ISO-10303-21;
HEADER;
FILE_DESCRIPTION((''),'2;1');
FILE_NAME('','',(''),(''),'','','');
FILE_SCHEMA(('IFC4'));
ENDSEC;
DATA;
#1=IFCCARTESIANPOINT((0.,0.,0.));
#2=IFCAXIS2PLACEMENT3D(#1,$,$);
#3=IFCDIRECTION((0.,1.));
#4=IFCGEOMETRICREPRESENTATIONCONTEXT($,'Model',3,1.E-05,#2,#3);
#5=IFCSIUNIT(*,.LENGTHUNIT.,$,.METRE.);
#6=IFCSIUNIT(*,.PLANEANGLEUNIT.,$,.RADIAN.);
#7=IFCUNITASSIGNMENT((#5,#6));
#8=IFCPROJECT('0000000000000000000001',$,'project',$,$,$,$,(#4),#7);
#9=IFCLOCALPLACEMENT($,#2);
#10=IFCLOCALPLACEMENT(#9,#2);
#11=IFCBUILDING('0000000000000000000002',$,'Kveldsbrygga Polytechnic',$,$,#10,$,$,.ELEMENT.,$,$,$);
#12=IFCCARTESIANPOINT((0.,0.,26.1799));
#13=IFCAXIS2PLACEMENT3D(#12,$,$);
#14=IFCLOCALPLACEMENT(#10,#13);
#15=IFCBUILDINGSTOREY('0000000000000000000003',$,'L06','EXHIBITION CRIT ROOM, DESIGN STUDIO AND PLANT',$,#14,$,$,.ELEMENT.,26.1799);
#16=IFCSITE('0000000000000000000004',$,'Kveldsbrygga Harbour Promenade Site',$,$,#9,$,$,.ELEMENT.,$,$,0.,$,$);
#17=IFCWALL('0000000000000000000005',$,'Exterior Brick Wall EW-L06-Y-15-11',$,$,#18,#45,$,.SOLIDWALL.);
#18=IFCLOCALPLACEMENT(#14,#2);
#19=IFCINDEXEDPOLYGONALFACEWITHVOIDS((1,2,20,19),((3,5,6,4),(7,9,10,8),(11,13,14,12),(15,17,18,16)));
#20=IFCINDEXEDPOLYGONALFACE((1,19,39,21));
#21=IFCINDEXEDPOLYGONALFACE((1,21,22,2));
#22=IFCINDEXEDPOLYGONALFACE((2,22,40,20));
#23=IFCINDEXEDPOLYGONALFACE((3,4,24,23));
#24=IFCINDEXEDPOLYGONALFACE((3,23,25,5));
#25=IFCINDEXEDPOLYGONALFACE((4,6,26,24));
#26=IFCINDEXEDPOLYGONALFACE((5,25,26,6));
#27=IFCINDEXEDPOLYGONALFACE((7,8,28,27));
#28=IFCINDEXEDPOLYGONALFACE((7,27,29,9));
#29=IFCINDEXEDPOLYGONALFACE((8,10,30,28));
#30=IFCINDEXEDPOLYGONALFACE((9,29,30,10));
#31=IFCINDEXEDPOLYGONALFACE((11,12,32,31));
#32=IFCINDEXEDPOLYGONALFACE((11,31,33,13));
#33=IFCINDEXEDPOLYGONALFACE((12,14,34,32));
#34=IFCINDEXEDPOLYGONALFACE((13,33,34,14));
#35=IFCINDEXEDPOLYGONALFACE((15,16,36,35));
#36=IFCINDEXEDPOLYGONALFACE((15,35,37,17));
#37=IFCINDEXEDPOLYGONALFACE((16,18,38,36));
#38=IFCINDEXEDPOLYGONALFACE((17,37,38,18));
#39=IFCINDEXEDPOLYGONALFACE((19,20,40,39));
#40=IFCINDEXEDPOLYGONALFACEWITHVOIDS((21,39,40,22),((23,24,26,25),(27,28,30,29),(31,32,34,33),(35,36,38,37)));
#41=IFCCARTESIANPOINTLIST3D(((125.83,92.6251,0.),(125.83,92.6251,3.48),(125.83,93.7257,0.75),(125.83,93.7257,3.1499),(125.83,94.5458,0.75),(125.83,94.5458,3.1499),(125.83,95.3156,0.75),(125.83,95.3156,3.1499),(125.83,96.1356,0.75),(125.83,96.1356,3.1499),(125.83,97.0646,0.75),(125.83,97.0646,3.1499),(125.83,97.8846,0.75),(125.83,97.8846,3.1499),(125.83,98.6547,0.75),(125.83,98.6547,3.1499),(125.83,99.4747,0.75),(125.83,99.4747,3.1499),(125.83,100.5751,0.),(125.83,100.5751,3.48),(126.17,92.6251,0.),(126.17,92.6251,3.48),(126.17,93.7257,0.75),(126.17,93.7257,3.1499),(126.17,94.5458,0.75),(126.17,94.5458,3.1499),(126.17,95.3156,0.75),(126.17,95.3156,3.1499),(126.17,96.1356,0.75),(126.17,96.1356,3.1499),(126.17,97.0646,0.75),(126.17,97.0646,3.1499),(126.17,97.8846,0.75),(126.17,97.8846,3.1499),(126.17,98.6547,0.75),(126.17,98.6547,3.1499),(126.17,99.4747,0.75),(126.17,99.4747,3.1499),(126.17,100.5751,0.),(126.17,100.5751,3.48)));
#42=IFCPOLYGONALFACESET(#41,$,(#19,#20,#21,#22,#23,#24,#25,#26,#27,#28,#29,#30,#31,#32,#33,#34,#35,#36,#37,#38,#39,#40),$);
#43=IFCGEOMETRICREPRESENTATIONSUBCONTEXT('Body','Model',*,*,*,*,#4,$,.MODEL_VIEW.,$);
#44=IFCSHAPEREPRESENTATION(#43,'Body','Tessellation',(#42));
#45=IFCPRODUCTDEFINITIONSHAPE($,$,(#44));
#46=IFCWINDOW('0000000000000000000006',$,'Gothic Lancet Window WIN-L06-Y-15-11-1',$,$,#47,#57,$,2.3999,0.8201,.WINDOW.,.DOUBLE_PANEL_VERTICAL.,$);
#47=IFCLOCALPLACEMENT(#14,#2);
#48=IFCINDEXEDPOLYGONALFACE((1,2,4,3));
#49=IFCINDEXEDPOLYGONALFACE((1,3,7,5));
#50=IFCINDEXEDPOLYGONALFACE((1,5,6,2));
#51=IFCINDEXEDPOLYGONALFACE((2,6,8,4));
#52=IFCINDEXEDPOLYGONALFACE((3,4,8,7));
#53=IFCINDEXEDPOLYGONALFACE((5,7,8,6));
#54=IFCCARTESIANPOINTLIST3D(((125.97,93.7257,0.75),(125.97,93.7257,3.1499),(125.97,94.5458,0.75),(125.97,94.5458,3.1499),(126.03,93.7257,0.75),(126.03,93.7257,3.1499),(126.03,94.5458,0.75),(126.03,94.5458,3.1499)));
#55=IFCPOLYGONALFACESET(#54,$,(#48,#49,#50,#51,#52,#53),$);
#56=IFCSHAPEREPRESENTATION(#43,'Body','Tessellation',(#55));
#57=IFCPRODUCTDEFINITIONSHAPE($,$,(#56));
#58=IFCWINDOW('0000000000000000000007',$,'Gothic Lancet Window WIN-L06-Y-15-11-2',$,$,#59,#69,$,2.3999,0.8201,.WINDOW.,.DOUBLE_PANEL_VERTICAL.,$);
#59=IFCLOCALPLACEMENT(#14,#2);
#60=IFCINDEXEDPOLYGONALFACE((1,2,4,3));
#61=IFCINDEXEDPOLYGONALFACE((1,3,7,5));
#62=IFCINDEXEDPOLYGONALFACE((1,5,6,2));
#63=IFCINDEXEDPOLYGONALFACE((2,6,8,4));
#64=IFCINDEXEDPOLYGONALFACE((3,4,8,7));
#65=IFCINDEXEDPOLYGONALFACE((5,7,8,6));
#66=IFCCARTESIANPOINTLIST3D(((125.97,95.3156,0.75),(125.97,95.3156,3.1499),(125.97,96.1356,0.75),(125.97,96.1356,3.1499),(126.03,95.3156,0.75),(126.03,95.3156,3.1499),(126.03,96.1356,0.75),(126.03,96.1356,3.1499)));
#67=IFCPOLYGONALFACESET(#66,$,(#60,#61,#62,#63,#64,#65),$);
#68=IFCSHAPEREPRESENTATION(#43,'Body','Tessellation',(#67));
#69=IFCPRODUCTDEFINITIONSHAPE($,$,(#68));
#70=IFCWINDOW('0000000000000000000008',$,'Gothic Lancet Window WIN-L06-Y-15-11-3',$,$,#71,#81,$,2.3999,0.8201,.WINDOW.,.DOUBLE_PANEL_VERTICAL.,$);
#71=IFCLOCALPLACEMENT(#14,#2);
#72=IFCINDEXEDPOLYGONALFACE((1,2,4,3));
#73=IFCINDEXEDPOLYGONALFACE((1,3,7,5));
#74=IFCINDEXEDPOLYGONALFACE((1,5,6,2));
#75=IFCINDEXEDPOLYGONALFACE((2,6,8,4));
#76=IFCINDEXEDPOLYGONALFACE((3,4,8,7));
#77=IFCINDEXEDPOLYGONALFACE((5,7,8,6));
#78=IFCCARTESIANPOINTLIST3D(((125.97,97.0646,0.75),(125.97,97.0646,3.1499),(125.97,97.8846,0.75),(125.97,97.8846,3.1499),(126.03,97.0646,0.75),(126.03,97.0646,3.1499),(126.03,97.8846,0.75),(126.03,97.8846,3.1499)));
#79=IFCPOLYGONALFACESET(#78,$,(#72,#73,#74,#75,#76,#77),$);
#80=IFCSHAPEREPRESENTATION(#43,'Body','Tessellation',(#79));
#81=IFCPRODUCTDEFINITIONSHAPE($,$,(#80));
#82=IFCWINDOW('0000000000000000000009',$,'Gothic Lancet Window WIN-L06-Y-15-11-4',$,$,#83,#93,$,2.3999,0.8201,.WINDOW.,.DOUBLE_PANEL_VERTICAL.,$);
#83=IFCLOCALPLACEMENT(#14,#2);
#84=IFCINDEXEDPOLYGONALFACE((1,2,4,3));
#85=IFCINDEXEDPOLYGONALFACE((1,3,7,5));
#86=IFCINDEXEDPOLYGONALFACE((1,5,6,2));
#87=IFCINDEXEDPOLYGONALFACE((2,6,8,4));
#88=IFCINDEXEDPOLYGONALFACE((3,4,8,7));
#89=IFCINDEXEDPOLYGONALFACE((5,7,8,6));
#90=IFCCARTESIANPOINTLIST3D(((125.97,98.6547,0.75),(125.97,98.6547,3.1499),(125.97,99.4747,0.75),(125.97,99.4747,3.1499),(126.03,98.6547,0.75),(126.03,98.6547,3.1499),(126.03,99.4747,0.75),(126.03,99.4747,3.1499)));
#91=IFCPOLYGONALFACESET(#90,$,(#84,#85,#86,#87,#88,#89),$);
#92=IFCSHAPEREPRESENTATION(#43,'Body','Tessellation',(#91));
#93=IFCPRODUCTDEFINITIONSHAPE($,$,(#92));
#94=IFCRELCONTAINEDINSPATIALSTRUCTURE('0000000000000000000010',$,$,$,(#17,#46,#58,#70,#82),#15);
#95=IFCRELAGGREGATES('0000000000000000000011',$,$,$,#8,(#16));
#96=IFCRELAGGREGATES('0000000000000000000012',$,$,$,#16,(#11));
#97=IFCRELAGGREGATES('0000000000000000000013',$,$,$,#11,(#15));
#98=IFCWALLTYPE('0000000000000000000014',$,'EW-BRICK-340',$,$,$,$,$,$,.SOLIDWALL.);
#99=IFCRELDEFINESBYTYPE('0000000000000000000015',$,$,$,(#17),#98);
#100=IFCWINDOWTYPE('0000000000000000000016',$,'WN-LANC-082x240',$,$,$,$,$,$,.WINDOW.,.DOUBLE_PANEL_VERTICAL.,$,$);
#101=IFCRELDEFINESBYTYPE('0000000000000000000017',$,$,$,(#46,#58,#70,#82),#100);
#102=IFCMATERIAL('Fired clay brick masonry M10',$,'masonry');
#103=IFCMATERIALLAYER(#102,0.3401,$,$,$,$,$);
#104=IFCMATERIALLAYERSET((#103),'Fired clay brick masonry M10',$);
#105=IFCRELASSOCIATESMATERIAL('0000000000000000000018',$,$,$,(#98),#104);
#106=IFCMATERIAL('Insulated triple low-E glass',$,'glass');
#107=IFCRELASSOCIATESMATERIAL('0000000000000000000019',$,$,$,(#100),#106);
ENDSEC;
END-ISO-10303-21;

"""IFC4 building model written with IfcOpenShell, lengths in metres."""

from ifc_helpers import new_model, si_unit, direction, frame, frame_2d, origin, place, context, subcontext, project, spatial, rectangle, extrude, material, layer, layer_set, type_object, element, fill, save


model = new_model("IFC4")

# Units and contexts
model_context = context("Model", 3, precision=1e-05, world=origin(), true_north=direction((0.0, 1.0)))
body_context = subcontext(model_context, "Body", "Model", "MODEL_VIEW")
ifc_project = project(units=[si_unit("LENGTHUNIT", "METRE"), si_unit("PLANEANGLEUNIT", "RADIAN")], contexts=[model_context])

# Site, building, storey
site_placement = place(None, origin())
site = spatial("IfcSite", under=ifc_project, at=site_placement, Name="Kveldsbrygga Harbour Promenade Site", CompositionType="ELEMENT", RefElevation=0.0)
building_placement = place(site_placement, origin())
building = spatial("IfcBuilding", under=site, at=building_placement, Name="Kveldsbrygga Polytechnic", CompositionType="ELEMENT")
storey_placement = place(building_placement, frame((0.0, 0.0, 26.1799)))
storey = spatial("IfcBuildingStorey", under=building, at=storey_placement, Name="L06", Description="EXHIBITION CRIT ROOM, DESIGN STUDIO AND PLANT", CompositionType="ELEMENT", Elevation=26.1799)

# Wall, openings, windows
ifc_material_1 = material(Name="Fired clay brick masonry M10", Category="masonry")
ifc_layer_1 = layer(ifc_material_1, 0.3401)
ifc_layer_set_1 = layer_set([ifc_layer_1], Name="Fired clay brick masonry M10")
wall_type = type_object("IfcWallType", Name="EW-BRICK-340", PredefinedType="SOLIDWALL", material=ifc_layer_set_1)
wall_placement = place(storey_placement, frame((126.0, 92.625, 0.0), z_axis=(0.0, 0.0, 1.0), x_axis=(0.0, 1.0, 0.0)))
wall = element("IfcWall", 1, at=wall_placement, inside=storey, type_object=wall_type, Name="Exterior Brick Wall EW-L06-Y-15-11", PredefinedType="SOLIDWALL", context=body_context, shape_type="SweptSolid", body=[
    extrude(rectangle(XDim=7.95, YDim=0.3401, at=frame_2d((3.9751, 0.0))), origin(), (0.0, 0.0, 1.0), 3.48),
])
opening_1_placement = place(wall_placement, frame((1.1006, 0.0, 0.75)))
opening_1 = element("IfcOpeningElement", 2, at=opening_1_placement, cuts=wall, PredefinedType="OPENING", context=body_context, shape_type="SweptSolid", body=[
    extrude(rectangle(XDim=0.8201, YDim=2.3999, at=frame_2d((0.4102, 1.2))), frame((0.0, 0.1802, 0.0), z_axis=(0.0, -1.0, 0.0), x_axis=(1.0, 0.0, 0.0)), (0.0, 0.0, 1.0), 0.3601),
])
opening_2_placement = place(wall_placement, frame((2.6904, 0.0, 0.75)))
opening_2 = element("IfcOpeningElement", 3, at=opening_2_placement, cuts=wall, PredefinedType="OPENING", context=body_context, shape_type="SweptSolid", body=[
    extrude(rectangle(XDim=0.8201, YDim=2.3999, at=frame_2d((0.4102, 1.2))), frame((0.0, 0.1802, 0.0), z_axis=(0.0, -1.0, 0.0), x_axis=(1.0, 0.0, 0.0)), (0.0, 0.0, 1.0), 0.3601),
])
opening_3_placement = place(wall_placement, frame((4.4395, 0.0, 0.75)))
opening_3 = element("IfcOpeningElement", 4, at=opening_3_placement, cuts=wall, PredefinedType="OPENING", context=body_context, shape_type="SweptSolid", body=[
    extrude(rectangle(XDim=0.8201, YDim=2.3999, at=frame_2d((0.4102, 1.2))), frame((0.0, 0.1802, 0.0), z_axis=(0.0, -1.0, 0.0), x_axis=(1.0, 0.0, 0.0)), (0.0, 0.0, 1.0), 0.3601),
])
opening_4_placement = place(wall_placement, frame((6.0295, 0.0, 0.75)))
opening_4 = element("IfcOpeningElement", 5, at=opening_4_placement, cuts=wall, PredefinedType="OPENING", context=body_context, shape_type="SweptSolid", body=[
    extrude(rectangle(XDim=0.8201, YDim=2.3999, at=frame_2d((0.4102, 1.2))), frame((0.0, 0.1802, 0.0), z_axis=(0.0, -1.0, 0.0), x_axis=(1.0, 0.0, 0.0)), (0.0, 0.0, 1.0), 0.3601),
])
ifc_material_2 = material(Name="Insulated triple low-E glass", Category="glass")
window_type = type_object("IfcWindowType", Name="WN-LANC-082x240", PartitioningType="DOUBLE_PANEL_VERTICAL", PredefinedType="WINDOW", material=ifc_material_2)
window_1_placement = place(opening_1_placement, origin())
window_1 = element("IfcWindow", 6, at=window_1_placement, inside=storey, type_object=window_type, Name="Gothic Lancet Window WIN-L06-Y-15-11-1", OverallHeight=2.3999, OverallWidth=0.8201, PartitioningType="DOUBLE_PANEL_VERTICAL", PredefinedType="WINDOW", context=body_context, shape_type="SweptSolid", body=[
    extrude(rectangle(XDim=0.8201, YDim=2.3999, at=frame_2d((0.4102, 1.2))), frame((0.0, 0.03, 0.0), z_axis=(0.0, -1.0, 0.0), x_axis=(1.0, 0.0, 0.0)), (0.0, 0.0, 1.0), 0.0601),
])
fill(opening_1, window_1)
window_2_placement = place(opening_2_placement, origin())
window_2 = element("IfcWindow", 7, at=window_2_placement, inside=storey, type_object=window_type, Name="Gothic Lancet Window WIN-L06-Y-15-11-2", OverallHeight=2.3999, OverallWidth=0.8201, PartitioningType="DOUBLE_PANEL_VERTICAL", PredefinedType="WINDOW", context=body_context, shape_type="SweptSolid", body=[
    extrude(rectangle(XDim=0.8201, YDim=2.3999, at=frame_2d((0.4102, 1.2))), frame((0.0, 0.03, 0.0), z_axis=(0.0, -1.0, 0.0), x_axis=(1.0, 0.0, 0.0)), (0.0, 0.0, 1.0), 0.0601),
])
fill(opening_2, window_2)
window_3_placement = place(opening_3_placement, origin())
window_3 = element("IfcWindow", 8, at=window_3_placement, inside=storey, type_object=window_type, Name="Gothic Lancet Window WIN-L06-Y-15-11-3", OverallHeight=2.3999, OverallWidth=0.8201, PartitioningType="DOUBLE_PANEL_VERTICAL", PredefinedType="WINDOW", context=body_context, shape_type="SweptSolid", body=[
    extrude(rectangle(XDim=0.8201, YDim=2.3999, at=frame_2d((0.4102, 1.2))), frame((0.0, 0.03, 0.0), z_axis=(0.0, -1.0, 0.0), x_axis=(1.0, 0.0, 0.0)), (0.0, 0.0, 1.0), 0.0601),
])
fill(opening_3, window_3)
window_4_placement = place(opening_4_placement, origin())
window_4 = element("IfcWindow", 9, at=window_4_placement, inside=storey, type_object=window_type, Name="Gothic Lancet Window WIN-L06-Y-15-11-4", OverallHeight=2.3999, OverallWidth=0.8201, PartitioningType="DOUBLE_PANEL_VERTICAL", PredefinedType="WINDOW", context=body_context, shape_type="SweptSolid", body=[
    extrude(rectangle(XDim=0.8201, YDim=2.3999, at=frame_2d((0.4102, 1.2))), frame((0.0, 0.03, 0.0), z_axis=(0.0, -1.0, 0.0), x_axis=(1.0, 0.0, 0.0)), (0.0, 0.0, 1.0), 0.0601),
])
fill(opening_4, window_4)

save(model, "model.ifc")
